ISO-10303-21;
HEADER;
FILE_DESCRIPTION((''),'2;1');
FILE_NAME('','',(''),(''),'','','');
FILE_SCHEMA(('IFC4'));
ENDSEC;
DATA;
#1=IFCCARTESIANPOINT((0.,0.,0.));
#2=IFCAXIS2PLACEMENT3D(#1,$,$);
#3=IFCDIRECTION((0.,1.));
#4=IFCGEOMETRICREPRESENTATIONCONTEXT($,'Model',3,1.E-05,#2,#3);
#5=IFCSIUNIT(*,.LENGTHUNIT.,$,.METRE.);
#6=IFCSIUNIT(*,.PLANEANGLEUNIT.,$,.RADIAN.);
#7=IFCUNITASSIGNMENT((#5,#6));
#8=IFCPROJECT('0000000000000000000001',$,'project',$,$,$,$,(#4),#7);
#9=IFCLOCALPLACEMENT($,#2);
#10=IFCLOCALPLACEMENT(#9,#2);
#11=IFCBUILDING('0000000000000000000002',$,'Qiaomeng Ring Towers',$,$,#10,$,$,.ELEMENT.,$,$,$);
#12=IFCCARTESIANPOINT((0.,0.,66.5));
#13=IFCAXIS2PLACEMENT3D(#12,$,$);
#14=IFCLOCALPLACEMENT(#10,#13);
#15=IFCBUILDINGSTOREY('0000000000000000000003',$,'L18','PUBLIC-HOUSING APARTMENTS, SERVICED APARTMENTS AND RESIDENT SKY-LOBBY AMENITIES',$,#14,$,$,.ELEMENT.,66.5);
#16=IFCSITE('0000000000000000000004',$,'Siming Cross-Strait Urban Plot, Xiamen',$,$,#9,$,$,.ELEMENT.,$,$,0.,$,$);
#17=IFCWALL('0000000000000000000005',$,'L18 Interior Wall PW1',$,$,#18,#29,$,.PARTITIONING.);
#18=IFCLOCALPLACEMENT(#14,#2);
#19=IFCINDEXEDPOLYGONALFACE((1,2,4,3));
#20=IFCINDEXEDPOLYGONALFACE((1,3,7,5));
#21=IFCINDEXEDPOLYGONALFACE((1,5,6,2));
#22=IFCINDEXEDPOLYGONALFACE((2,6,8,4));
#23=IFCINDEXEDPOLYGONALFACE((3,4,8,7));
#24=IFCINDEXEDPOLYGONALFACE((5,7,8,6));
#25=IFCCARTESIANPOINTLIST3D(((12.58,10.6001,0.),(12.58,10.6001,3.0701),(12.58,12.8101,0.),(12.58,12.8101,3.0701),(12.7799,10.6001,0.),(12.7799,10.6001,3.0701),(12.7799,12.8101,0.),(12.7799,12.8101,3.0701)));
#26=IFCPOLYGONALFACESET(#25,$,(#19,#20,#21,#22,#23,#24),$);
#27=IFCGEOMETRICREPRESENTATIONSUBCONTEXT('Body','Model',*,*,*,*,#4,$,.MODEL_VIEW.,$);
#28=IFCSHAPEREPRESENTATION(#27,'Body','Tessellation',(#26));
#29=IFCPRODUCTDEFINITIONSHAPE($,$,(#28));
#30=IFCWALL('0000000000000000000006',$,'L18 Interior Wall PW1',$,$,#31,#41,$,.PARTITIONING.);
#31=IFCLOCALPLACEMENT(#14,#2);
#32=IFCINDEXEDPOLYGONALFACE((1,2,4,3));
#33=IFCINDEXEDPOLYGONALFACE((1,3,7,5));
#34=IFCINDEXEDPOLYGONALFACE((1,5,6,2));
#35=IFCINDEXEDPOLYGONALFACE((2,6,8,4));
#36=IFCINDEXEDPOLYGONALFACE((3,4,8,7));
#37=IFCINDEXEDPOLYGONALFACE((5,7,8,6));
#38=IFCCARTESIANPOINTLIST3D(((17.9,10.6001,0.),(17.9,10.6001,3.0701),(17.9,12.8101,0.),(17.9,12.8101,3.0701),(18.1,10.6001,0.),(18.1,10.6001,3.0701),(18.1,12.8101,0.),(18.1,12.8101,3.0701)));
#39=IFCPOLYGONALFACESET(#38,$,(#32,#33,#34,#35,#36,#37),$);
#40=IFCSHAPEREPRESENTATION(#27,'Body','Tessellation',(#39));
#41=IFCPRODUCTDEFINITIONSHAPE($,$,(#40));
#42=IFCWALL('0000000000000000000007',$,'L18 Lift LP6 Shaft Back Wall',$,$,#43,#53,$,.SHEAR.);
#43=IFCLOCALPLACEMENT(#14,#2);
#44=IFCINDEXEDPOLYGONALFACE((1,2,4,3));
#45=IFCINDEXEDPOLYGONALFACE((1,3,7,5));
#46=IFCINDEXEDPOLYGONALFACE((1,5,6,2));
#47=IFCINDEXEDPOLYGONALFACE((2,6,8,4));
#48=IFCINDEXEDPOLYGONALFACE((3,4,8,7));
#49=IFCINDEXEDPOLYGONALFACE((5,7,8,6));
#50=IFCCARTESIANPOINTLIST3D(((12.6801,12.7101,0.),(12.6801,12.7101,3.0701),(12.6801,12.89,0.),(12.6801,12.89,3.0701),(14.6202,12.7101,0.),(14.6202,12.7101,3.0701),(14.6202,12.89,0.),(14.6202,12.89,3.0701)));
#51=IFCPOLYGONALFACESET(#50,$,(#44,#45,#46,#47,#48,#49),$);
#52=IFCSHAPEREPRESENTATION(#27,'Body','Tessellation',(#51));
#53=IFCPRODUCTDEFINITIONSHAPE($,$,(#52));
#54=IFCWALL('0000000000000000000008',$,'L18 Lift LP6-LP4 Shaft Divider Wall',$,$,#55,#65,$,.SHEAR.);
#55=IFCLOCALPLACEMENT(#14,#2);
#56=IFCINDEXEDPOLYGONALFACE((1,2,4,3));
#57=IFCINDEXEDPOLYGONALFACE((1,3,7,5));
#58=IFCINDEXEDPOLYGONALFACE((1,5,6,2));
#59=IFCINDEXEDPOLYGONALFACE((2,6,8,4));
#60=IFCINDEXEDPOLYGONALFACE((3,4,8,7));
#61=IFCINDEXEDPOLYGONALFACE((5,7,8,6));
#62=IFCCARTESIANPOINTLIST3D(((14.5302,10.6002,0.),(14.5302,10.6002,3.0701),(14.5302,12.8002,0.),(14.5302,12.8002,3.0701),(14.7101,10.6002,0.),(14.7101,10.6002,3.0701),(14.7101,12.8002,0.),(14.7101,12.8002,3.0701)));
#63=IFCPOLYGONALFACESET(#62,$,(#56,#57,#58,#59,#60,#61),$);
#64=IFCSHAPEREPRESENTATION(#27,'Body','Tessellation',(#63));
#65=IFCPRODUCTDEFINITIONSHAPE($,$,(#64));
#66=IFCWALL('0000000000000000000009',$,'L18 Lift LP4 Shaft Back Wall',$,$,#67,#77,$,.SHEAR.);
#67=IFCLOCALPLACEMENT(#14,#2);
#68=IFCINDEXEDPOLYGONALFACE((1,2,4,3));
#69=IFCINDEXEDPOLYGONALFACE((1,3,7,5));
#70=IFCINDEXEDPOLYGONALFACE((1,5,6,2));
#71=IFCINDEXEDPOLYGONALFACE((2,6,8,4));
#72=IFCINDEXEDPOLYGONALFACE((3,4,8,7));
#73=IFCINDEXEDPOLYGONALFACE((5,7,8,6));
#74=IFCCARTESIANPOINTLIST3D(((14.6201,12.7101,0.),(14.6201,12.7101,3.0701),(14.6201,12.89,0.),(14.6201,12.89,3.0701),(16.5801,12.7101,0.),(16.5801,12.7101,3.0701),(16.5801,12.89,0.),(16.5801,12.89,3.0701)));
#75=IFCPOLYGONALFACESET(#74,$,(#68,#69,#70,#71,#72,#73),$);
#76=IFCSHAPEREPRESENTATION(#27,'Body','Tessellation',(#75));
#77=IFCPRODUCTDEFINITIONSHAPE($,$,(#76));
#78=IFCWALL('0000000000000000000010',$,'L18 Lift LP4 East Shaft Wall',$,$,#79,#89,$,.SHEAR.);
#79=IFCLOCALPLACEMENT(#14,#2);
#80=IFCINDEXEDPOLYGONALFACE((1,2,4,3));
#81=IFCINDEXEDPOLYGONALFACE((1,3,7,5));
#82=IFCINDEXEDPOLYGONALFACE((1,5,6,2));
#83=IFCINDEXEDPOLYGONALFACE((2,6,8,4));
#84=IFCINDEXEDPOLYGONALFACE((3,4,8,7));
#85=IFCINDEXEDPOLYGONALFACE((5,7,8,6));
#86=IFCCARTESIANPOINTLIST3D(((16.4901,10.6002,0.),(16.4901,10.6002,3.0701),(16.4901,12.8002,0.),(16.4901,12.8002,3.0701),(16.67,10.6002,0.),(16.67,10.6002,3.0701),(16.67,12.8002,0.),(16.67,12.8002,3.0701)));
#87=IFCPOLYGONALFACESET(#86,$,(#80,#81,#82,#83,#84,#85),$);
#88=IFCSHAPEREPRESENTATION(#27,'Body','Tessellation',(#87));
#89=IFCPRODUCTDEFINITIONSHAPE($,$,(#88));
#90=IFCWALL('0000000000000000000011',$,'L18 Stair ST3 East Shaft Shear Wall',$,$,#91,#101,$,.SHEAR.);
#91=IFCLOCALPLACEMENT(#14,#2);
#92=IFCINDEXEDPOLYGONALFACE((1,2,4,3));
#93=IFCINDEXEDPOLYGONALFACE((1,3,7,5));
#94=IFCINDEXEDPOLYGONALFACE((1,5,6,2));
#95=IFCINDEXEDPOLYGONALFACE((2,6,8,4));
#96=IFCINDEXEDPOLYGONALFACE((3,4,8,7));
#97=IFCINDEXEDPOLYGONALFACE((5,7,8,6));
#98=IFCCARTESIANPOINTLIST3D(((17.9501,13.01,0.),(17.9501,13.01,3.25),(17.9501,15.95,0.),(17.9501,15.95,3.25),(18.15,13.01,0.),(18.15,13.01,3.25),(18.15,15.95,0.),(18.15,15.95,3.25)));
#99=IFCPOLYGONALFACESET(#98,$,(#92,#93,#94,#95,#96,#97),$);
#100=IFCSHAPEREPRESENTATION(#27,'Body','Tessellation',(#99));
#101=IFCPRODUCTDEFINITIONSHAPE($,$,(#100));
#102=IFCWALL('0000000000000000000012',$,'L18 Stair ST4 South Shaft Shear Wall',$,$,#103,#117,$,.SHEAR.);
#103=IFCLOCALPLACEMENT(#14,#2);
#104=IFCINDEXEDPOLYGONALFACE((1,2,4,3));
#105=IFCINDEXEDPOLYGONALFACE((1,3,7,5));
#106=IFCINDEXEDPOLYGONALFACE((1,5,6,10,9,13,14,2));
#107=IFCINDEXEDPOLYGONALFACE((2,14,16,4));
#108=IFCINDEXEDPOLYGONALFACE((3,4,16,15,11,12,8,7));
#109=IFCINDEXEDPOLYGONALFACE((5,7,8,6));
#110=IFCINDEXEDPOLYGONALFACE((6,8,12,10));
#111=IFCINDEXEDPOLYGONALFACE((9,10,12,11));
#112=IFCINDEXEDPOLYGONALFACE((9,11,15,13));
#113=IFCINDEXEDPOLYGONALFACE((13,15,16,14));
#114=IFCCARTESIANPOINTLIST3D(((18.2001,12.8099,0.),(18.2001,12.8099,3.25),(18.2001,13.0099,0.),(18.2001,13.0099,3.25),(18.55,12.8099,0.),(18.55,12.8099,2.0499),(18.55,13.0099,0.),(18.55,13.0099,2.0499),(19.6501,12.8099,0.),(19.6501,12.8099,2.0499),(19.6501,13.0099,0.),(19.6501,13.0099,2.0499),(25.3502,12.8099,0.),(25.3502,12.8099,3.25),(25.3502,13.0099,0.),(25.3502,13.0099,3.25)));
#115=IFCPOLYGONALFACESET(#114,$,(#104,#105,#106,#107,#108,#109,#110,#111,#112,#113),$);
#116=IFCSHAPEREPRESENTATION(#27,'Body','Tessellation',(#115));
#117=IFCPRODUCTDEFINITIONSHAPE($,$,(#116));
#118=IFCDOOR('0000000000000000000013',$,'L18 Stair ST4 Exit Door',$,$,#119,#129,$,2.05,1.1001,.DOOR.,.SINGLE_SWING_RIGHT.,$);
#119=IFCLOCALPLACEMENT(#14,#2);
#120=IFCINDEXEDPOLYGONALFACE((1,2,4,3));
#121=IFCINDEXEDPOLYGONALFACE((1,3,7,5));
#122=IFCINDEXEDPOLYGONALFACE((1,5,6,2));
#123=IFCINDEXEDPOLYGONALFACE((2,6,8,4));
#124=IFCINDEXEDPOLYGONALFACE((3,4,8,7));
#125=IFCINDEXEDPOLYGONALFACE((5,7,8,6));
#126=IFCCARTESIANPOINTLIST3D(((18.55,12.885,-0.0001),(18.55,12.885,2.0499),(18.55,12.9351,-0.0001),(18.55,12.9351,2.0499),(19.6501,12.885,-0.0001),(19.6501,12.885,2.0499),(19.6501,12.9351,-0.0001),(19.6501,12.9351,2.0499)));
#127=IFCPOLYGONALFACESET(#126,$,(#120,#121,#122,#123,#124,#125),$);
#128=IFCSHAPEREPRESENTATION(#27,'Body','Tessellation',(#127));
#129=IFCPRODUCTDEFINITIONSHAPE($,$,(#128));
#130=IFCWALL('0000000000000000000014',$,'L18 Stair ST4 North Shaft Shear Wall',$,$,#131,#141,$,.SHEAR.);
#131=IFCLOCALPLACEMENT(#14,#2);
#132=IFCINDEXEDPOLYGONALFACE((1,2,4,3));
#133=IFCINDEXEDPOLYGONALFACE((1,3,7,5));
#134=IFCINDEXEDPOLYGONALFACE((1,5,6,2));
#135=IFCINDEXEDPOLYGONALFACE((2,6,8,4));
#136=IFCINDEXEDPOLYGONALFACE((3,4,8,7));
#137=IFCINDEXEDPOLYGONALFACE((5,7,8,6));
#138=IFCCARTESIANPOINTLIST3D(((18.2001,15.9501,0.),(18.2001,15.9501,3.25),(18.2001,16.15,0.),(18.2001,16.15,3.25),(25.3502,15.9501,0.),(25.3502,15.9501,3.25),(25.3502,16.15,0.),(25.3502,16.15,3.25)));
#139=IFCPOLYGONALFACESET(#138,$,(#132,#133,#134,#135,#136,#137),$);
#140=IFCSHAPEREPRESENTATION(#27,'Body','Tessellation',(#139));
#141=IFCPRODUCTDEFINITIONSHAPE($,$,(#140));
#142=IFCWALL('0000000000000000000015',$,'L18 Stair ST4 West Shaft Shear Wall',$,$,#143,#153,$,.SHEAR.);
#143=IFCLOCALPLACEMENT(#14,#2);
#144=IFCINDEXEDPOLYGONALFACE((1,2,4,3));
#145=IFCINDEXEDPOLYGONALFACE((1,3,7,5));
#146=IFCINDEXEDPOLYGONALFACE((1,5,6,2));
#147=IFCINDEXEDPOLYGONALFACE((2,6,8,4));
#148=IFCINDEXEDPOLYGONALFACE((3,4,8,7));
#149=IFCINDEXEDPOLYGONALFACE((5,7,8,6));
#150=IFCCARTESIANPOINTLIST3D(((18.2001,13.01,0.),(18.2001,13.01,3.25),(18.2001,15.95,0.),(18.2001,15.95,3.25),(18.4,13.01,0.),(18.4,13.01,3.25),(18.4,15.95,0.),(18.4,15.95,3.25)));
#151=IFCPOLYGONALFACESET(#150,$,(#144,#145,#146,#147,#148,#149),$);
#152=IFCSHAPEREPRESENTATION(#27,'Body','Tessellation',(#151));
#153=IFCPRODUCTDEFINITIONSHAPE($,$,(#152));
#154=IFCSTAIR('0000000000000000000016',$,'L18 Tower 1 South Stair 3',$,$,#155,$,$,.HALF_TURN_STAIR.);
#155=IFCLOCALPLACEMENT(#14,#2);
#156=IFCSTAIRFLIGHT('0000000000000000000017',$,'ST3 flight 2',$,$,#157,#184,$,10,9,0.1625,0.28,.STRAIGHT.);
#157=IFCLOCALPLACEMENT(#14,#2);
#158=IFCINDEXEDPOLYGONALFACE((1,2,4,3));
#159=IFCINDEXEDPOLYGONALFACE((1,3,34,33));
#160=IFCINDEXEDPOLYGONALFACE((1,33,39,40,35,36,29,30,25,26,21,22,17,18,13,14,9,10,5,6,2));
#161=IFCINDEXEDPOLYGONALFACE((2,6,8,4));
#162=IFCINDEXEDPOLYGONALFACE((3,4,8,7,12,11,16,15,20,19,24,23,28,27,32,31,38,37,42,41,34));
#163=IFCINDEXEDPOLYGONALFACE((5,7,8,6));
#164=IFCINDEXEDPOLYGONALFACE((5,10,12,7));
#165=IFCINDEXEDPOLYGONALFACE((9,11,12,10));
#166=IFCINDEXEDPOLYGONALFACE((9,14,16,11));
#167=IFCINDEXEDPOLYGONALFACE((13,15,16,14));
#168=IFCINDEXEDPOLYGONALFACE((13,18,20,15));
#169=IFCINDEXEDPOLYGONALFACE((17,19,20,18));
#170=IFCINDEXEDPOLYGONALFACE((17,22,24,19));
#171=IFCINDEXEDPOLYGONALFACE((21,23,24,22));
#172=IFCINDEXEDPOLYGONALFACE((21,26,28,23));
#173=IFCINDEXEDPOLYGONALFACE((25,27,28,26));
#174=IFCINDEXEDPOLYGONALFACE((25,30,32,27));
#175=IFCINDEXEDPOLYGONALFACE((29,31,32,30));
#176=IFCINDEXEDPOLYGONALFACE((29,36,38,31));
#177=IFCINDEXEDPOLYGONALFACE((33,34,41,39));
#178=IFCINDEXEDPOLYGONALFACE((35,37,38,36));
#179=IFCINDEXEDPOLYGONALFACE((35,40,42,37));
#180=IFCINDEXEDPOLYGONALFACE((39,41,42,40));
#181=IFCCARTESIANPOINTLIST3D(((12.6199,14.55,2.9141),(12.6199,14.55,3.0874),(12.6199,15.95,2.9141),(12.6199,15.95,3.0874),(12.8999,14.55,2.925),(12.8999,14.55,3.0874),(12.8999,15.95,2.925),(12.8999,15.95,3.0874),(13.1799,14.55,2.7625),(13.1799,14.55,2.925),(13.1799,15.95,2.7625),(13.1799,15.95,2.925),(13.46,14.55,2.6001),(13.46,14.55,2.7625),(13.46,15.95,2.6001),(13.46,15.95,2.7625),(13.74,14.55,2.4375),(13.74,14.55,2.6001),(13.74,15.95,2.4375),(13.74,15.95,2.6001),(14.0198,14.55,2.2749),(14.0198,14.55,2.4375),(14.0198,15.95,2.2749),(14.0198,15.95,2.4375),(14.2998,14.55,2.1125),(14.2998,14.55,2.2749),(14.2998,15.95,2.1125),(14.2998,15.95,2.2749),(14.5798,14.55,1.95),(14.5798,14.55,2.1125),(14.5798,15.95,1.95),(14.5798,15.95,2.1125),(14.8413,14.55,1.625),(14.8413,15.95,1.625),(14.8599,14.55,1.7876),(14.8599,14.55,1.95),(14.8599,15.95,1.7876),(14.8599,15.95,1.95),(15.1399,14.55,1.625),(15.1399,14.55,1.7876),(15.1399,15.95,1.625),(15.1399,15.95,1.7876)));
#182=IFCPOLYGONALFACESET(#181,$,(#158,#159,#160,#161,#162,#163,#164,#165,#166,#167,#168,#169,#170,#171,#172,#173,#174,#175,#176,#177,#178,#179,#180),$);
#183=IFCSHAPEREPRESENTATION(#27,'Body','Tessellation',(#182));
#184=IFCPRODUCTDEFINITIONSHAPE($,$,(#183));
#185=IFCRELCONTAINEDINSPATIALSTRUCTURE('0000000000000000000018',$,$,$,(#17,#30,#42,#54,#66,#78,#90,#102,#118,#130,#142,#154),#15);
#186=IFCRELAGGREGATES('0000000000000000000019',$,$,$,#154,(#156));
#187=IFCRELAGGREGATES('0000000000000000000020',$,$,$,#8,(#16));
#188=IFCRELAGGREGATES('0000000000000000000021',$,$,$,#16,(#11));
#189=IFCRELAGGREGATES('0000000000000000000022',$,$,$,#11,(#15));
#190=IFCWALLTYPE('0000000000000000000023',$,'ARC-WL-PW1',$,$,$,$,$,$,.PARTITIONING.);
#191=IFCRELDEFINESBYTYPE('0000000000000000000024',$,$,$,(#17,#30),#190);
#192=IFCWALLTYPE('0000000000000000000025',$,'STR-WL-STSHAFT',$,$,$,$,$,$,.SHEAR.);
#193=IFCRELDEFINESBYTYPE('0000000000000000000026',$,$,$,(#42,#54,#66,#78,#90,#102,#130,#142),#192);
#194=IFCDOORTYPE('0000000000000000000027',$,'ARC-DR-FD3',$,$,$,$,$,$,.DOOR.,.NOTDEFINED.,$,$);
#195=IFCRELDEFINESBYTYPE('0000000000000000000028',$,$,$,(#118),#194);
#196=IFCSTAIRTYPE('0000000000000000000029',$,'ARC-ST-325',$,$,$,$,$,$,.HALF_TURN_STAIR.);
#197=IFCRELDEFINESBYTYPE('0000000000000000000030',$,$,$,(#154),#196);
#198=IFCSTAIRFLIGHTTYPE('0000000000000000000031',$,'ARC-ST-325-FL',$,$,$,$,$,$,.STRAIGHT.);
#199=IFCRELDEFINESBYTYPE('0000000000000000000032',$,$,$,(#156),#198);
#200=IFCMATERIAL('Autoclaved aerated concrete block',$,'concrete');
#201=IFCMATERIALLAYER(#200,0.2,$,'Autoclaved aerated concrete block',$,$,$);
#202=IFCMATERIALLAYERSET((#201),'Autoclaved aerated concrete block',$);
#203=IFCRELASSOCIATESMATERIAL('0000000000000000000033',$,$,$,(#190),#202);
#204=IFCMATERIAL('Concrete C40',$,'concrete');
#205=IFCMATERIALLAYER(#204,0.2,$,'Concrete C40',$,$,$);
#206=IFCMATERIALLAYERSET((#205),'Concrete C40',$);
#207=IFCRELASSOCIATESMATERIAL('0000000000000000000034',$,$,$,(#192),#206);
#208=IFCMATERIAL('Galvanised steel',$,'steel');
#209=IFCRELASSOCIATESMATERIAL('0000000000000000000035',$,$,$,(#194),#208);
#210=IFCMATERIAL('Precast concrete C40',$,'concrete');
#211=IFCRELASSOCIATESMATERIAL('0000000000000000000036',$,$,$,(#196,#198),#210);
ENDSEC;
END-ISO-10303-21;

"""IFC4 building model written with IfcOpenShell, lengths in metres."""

from ifc_helpers import new_model, si_unit, direction, frame, frame_2d, origin, place, context, subcontext, project, spatial, polyline, rectangle, outline, extrude, source, transform, mapped, material, layer, layer_set, type_object, element, fill, aggregate, save


model = new_model("IFC4")

# Units and contexts
model_context = context("Model", 3, precision=1e-05, world=origin(), true_north=direction((0.0, 1.0)))
body_context = subcontext(model_context, "Body", "Model", "MODEL_VIEW")
ifc_project = project(units=[si_unit("LENGTHUNIT", "METRE"), si_unit("PLANEANGLEUNIT", "RADIAN")], contexts=[model_context])

# Site, building, storey
site_placement = place(None, origin())
site = spatial("IfcSite", under=ifc_project, at=site_placement, Name="Siming Cross-Strait Urban Plot, Xiamen", CompositionType="ELEMENT", RefElevation=0.0)
building_placement = place(site_placement, origin())
building = spatial("IfcBuilding", under=site, at=building_placement, Name="Qiaomeng Ring Towers", CompositionType="ELEMENT")
storey_placement = place(building_placement, frame((0.0, 0.0, 66.5)))
storey = spatial("IfcBuildingStorey", under=building, at=storey_placement, Name="L18", Description="PUBLIC-HOUSING APARTMENTS, SERVICED APARTMENTS AND RESIDENT SKY-LOBBY AMENITIES", CompositionType="ELEMENT", Elevation=66.5)

# Walls
ifc_material_1 = material(Name="Autoclaved aerated concrete block", Category="concrete")
ifc_layer_1 = layer(ifc_material_1, 0.2, Name="Autoclaved aerated concrete block")
ifc_layer_set_1 = layer_set([ifc_layer_1], Name="Autoclaved aerated concrete block")
wall_type_1 = type_object("IfcWallType", Name="ARC-WL-PW1", PredefinedType="PARTITIONING", material=ifc_layer_set_1)
for number, where, z_axis, x_axis, name in (
    (1, (12.6799, 10.6001, 0.0), (0.0, 0.0, 1.0), (0.0, 1.0, 0.0), "L18 Interior Wall PW1"),
    (2, (18.0, 10.6001, 0.0), (0.0, 0.0, 1.0), (0.0, 1.0, 0.0), "L18 Interior Wall PW1"),
):
    element("IfcWall", number, at=place(storey_placement, frame(where, z_axis=z_axis, x_axis=x_axis)), inside=storey, type_object=wall_type_1, Name=name, PredefinedType="PARTITIONING", context=body_context, shape_type="SweptSolid", body=[
        extrude(rectangle(XDim=2.21, YDim=0.2, at=frame_2d((1.105, 0.0))), origin(), (0.0, 0.0, 1.0), 3.0701),
    ])
ifc_material_2 = material(Name="Concrete C40", Category="concrete")
ifc_layer_2 = layer(ifc_material_2, 0.2, Name="Concrete C40")
ifc_layer_set_2 = layer_set([ifc_layer_2], Name="Concrete C40")
wall_type_2 = type_object("IfcWallType", Name="STR-WL-STSHAFT", PredefinedType="SHEAR", material=ifc_layer_set_2)
wall_1_placement = place(storey_placement, frame((12.6799, 12.8, 0.0), z_axis=(0.0, 0.0, 1.0), x_axis=(1.0, 0.0, 0.0)))
element("IfcWall", 3, at=wall_1_placement, inside=storey, type_object=wall_type_2, Name="L18 Lift LP6 Shaft Back Wall", PredefinedType="SHEAR", context=body_context, shape_type="SweptSolid", body=[
    extrude(rectangle(XDim=1.9402, YDim=0.1799, at=frame_2d((0.9702, 0.0))), origin(), (0.0, 0.0, 1.0), 3.0701),
])
wall_2_placement = place(storey_placement, frame((14.6201, 10.6001, 0.0), z_axis=(0.0, 0.0, 1.0), x_axis=(0.0, 1.0, 0.0)))
element("IfcWall", 4, at=wall_2_placement, inside=storey, type_object=wall_type_2, Name="L18 Lift LP6-LP4 Shaft Divider Wall", PredefinedType="SHEAR", context=body_context, shape_type="SweptSolid", body=[
    extrude(rectangle(XDim=2.2, YDim=0.1799, at=frame_2d((1.1001, 0.0))), origin(), (0.0, 0.0, 1.0), 3.0701),
])
wall_3_placement = place(storey_placement, frame((14.6201, 12.8, 0.0), z_axis=(0.0, 0.0, 1.0), x_axis=(1.0, 0.0, 0.0)))
element("IfcWall", 5, at=wall_3_placement, inside=storey, type_object=wall_type_2, Name="L18 Lift LP4 Shaft Back Wall", PredefinedType="SHEAR", context=body_context, shape_type="SweptSolid", body=[
    extrude(rectangle(XDim=1.96, YDim=0.1799, at=frame_2d((0.98, 0.0))), origin(), (0.0, 0.0, 1.0), 3.0701),
])
wall_4_placement = place(storey_placement, frame((16.5801, 10.6001, 0.0), z_axis=(0.0, 0.0, 1.0), x_axis=(0.0, 1.0, 0.0)))
element("IfcWall", 6, at=wall_4_placement, inside=storey, type_object=wall_type_2, Name="L18 Lift LP4 East Shaft Wall", PredefinedType="SHEAR", context=body_context, shape_type="SweptSolid", body=[
    extrude(rectangle(XDim=2.2, YDim=0.1799, at=frame_2d((1.1001, 0.0))), origin(), (0.0, 0.0, 1.0), 3.0701),
])
wall_5_placement = place(storey_placement, frame((18.05, 13.01, 0.0), z_axis=(0.0, 0.0, 1.0), x_axis=(0.0, 1.0, 0.0)))
element("IfcWall", 7, at=wall_5_placement, inside=storey, type_object=wall_type_2, Name="L18 Stair ST3 East Shaft Shear Wall", PredefinedType="SHEAR", context=body_context, shape_type="SweptSolid", body=[
    extrude(rectangle(XDim=2.9399, YDim=0.2, at=frame_2d((1.47, 0.0))), origin(), (0.0, 0.0, 1.0), 3.25),
])

# Wall, opening, door
wall_6_placement = place(storey_placement, frame((18.2, 12.9099, 0.0), z_axis=(0.0, 0.0, 1.0), x_axis=(1.0, 0.0, 0.0)))
wall_6 = element("IfcWall", 8, at=wall_6_placement, inside=storey, type_object=wall_type_2, Name="L18 Stair ST4 South Shaft Shear Wall", PredefinedType="SHEAR", context=body_context, shape_type="SweptSolid", body=[
    extrude(rectangle(XDim=7.1501, YDim=0.2, at=frame_2d((3.5752, 0.0))), origin(), (0.0, 0.0, 1.0), 3.25),
])
opening_placement = place(wall_6_placement, frame((0.3501, 0.0, 0.0)))
opening = element("IfcOpeningElement", 9, at=opening_placement, cuts=wall_6, PredefinedType="OPENING", context=body_context, shape_type="SweptSolid", body=[
    extrude(rectangle(XDim=1.1001, YDim=2.05, at=frame_2d((0.55, 1.0249))), frame((0.0, 0.1099, 0.0), z_axis=(0.0, -1.0, 0.0), x_axis=(1.0, 0.0, 0.0)), (0.0, 0.0, 1.0), 0.22),
])
ifc_material_3 = material(Name="Galvanised steel", Category="steel")
door_type = type_object("IfcDoorType", Name="ARC-DR-FD3", OperationType="NOTDEFINED", PredefinedType="DOOR", material=ifc_material_3)
shared_shape_1 = source(origin(), body_context, "Body", "SweptSolid", [
    extrude(rectangle(XDim=1.1001, YDim=2.05, at=frame_2d((0.55, 1.0249))), frame((0.0, 0.0249, 0.0), z_axis=(0.0, -1.0, 0.0), x_axis=(1.0, 0.0, 0.0)), (0.0, 0.0, 1.0), 0.05),
])
door_placement = place(opening_placement, frame((1.1001, 0.0, 0.0), z_axis=(0.0, 0.0, 1.0), x_axis=(-1.0, 0.0, 0.0)))
door = element("IfcDoor", 10, at=door_placement, inside=storey, type_object=door_type, Name="L18 Stair ST4 Exit Door", OperationType="SINGLE_SWING_RIGHT", OverallHeight=2.05, OverallWidth=1.1001, PredefinedType="DOOR", context=body_context, shape_type="MappedRepresentation", body=[
    mapped(shared_shape_1, transform((0.0, 0.0, 0.0), x_axis=(1.0, 0.0, 0.0), y_axis=(0.0, 1.0, 0.0), z_axis=(0.0, 0.0, 1.0), scale=1.0)),
])
fill(opening, door)

# Walls
wall_7_placement = place(storey_placement, frame((18.2, 16.05, 0.0), z_axis=(0.0, 0.0, 1.0), x_axis=(1.0, 0.0, 0.0)))
element("IfcWall", 11, at=wall_7_placement, inside=storey, type_object=wall_type_2, Name="L18 Stair ST4 North Shaft Shear Wall", PredefinedType="SHEAR", context=body_context, shape_type="SweptSolid", body=[
    extrude(rectangle(XDim=7.1501, YDim=0.2, at=frame_2d((3.5752, 0.0))), origin(), (0.0, 0.0, 1.0), 3.25),
])
wall_8_placement = place(storey_placement, frame((18.3, 13.01, 0.0), z_axis=(0.0, 0.0, 1.0), x_axis=(0.0, 1.0, 0.0)))
element("IfcWall", 12, at=wall_8_placement, inside=storey, type_object=wall_type_2, Name="L18 Stair ST4 West Shaft Shear Wall", PredefinedType="SHEAR", context=body_context, shape_type="SweptSolid", body=[
    extrude(rectangle(XDim=2.9399, YDim=0.2, at=frame_2d((1.47, 0.0))), origin(), (0.0, 0.0, 1.0), 3.25),
])

# Stair, stair flight
ifc_material_4 = material(Name="Precast concrete C40", Category="concrete")
stair_type = type_object("IfcStairType", Name="ARC-ST-325", PredefinedType="HALF_TURN_STAIR", material=ifc_material_4)
stair_1_placement = place(storey_placement, origin())
stair_1 = element("IfcStair", 13, at=stair_1_placement, inside=storey, type_object=stair_type, Name="L18 Tower 1 South Stair 3", PredefinedType="HALF_TURN_STAIR")
stair_flight_type = type_object("IfcStairFlightType", Name="ARC-ST-325-FL", PredefinedType="STRAIGHT", material=ifc_material_4)
shared_shape_2 = source(origin(), body_context, "Body", "SweptSolid", [
    extrude(outline(polyline([(0.0, 0.0), (0.0, 0.1626), (0.28, 0.1626), (0.28, 0.325), (0.5601, 0.325), (0.5601, 0.4875), (0.8401, 0.4875), (0.8401, 0.6499), (1.1201, 0.6499), (1.1201, 0.8125), (1.3999, 0.8125), (1.3999, 0.9751), (1.6799, 0.9751), (1.6799, 1.1375), (1.96, 1.1375), (1.96, 1.3), (2.24, 1.3), (2.24, 1.4624), (2.52, 1.4624), (2.52, 1.625), (2.52, 1.2891), (0.2986, 0.0), (0.0, 0.0)])), frame((0.0, 0.7, 0.0), z_axis=(0.0, -1.0, 0.0), x_axis=(1.0, 0.0, 0.0)), (0.0, 0.0, 1.0), 1.3999),
])
stair_flight_1_placement = place(storey_placement, frame((15.1399, 15.25, 1.625), z_axis=(0.0, 0.0, 1.0), x_axis=(-1.0, 0.0, 0.0)))
stair_flight_1 = element("IfcStairFlight", 14, at=stair_flight_1_placement, type_object=stair_flight_type, Name="ST3 flight 2", NumberOfRisers=10, NumberOfTreads=9, PredefinedType="STRAIGHT", RiserHeight=0.1625, TreadLength=0.28, context=body_context, shape_type="MappedRepresentation", body=[
    mapped(shared_shape_2, transform((0.0, 0.0, 0.0), x_axis=(1.0, 0.0, 0.0), y_axis=(0.0, 1.0, 0.0), z_axis=(0.0, 0.0, 1.0), scale=1.0)),
])
aggregate(stair_1, [stair_flight_1])

save(model, "model.ifc")
